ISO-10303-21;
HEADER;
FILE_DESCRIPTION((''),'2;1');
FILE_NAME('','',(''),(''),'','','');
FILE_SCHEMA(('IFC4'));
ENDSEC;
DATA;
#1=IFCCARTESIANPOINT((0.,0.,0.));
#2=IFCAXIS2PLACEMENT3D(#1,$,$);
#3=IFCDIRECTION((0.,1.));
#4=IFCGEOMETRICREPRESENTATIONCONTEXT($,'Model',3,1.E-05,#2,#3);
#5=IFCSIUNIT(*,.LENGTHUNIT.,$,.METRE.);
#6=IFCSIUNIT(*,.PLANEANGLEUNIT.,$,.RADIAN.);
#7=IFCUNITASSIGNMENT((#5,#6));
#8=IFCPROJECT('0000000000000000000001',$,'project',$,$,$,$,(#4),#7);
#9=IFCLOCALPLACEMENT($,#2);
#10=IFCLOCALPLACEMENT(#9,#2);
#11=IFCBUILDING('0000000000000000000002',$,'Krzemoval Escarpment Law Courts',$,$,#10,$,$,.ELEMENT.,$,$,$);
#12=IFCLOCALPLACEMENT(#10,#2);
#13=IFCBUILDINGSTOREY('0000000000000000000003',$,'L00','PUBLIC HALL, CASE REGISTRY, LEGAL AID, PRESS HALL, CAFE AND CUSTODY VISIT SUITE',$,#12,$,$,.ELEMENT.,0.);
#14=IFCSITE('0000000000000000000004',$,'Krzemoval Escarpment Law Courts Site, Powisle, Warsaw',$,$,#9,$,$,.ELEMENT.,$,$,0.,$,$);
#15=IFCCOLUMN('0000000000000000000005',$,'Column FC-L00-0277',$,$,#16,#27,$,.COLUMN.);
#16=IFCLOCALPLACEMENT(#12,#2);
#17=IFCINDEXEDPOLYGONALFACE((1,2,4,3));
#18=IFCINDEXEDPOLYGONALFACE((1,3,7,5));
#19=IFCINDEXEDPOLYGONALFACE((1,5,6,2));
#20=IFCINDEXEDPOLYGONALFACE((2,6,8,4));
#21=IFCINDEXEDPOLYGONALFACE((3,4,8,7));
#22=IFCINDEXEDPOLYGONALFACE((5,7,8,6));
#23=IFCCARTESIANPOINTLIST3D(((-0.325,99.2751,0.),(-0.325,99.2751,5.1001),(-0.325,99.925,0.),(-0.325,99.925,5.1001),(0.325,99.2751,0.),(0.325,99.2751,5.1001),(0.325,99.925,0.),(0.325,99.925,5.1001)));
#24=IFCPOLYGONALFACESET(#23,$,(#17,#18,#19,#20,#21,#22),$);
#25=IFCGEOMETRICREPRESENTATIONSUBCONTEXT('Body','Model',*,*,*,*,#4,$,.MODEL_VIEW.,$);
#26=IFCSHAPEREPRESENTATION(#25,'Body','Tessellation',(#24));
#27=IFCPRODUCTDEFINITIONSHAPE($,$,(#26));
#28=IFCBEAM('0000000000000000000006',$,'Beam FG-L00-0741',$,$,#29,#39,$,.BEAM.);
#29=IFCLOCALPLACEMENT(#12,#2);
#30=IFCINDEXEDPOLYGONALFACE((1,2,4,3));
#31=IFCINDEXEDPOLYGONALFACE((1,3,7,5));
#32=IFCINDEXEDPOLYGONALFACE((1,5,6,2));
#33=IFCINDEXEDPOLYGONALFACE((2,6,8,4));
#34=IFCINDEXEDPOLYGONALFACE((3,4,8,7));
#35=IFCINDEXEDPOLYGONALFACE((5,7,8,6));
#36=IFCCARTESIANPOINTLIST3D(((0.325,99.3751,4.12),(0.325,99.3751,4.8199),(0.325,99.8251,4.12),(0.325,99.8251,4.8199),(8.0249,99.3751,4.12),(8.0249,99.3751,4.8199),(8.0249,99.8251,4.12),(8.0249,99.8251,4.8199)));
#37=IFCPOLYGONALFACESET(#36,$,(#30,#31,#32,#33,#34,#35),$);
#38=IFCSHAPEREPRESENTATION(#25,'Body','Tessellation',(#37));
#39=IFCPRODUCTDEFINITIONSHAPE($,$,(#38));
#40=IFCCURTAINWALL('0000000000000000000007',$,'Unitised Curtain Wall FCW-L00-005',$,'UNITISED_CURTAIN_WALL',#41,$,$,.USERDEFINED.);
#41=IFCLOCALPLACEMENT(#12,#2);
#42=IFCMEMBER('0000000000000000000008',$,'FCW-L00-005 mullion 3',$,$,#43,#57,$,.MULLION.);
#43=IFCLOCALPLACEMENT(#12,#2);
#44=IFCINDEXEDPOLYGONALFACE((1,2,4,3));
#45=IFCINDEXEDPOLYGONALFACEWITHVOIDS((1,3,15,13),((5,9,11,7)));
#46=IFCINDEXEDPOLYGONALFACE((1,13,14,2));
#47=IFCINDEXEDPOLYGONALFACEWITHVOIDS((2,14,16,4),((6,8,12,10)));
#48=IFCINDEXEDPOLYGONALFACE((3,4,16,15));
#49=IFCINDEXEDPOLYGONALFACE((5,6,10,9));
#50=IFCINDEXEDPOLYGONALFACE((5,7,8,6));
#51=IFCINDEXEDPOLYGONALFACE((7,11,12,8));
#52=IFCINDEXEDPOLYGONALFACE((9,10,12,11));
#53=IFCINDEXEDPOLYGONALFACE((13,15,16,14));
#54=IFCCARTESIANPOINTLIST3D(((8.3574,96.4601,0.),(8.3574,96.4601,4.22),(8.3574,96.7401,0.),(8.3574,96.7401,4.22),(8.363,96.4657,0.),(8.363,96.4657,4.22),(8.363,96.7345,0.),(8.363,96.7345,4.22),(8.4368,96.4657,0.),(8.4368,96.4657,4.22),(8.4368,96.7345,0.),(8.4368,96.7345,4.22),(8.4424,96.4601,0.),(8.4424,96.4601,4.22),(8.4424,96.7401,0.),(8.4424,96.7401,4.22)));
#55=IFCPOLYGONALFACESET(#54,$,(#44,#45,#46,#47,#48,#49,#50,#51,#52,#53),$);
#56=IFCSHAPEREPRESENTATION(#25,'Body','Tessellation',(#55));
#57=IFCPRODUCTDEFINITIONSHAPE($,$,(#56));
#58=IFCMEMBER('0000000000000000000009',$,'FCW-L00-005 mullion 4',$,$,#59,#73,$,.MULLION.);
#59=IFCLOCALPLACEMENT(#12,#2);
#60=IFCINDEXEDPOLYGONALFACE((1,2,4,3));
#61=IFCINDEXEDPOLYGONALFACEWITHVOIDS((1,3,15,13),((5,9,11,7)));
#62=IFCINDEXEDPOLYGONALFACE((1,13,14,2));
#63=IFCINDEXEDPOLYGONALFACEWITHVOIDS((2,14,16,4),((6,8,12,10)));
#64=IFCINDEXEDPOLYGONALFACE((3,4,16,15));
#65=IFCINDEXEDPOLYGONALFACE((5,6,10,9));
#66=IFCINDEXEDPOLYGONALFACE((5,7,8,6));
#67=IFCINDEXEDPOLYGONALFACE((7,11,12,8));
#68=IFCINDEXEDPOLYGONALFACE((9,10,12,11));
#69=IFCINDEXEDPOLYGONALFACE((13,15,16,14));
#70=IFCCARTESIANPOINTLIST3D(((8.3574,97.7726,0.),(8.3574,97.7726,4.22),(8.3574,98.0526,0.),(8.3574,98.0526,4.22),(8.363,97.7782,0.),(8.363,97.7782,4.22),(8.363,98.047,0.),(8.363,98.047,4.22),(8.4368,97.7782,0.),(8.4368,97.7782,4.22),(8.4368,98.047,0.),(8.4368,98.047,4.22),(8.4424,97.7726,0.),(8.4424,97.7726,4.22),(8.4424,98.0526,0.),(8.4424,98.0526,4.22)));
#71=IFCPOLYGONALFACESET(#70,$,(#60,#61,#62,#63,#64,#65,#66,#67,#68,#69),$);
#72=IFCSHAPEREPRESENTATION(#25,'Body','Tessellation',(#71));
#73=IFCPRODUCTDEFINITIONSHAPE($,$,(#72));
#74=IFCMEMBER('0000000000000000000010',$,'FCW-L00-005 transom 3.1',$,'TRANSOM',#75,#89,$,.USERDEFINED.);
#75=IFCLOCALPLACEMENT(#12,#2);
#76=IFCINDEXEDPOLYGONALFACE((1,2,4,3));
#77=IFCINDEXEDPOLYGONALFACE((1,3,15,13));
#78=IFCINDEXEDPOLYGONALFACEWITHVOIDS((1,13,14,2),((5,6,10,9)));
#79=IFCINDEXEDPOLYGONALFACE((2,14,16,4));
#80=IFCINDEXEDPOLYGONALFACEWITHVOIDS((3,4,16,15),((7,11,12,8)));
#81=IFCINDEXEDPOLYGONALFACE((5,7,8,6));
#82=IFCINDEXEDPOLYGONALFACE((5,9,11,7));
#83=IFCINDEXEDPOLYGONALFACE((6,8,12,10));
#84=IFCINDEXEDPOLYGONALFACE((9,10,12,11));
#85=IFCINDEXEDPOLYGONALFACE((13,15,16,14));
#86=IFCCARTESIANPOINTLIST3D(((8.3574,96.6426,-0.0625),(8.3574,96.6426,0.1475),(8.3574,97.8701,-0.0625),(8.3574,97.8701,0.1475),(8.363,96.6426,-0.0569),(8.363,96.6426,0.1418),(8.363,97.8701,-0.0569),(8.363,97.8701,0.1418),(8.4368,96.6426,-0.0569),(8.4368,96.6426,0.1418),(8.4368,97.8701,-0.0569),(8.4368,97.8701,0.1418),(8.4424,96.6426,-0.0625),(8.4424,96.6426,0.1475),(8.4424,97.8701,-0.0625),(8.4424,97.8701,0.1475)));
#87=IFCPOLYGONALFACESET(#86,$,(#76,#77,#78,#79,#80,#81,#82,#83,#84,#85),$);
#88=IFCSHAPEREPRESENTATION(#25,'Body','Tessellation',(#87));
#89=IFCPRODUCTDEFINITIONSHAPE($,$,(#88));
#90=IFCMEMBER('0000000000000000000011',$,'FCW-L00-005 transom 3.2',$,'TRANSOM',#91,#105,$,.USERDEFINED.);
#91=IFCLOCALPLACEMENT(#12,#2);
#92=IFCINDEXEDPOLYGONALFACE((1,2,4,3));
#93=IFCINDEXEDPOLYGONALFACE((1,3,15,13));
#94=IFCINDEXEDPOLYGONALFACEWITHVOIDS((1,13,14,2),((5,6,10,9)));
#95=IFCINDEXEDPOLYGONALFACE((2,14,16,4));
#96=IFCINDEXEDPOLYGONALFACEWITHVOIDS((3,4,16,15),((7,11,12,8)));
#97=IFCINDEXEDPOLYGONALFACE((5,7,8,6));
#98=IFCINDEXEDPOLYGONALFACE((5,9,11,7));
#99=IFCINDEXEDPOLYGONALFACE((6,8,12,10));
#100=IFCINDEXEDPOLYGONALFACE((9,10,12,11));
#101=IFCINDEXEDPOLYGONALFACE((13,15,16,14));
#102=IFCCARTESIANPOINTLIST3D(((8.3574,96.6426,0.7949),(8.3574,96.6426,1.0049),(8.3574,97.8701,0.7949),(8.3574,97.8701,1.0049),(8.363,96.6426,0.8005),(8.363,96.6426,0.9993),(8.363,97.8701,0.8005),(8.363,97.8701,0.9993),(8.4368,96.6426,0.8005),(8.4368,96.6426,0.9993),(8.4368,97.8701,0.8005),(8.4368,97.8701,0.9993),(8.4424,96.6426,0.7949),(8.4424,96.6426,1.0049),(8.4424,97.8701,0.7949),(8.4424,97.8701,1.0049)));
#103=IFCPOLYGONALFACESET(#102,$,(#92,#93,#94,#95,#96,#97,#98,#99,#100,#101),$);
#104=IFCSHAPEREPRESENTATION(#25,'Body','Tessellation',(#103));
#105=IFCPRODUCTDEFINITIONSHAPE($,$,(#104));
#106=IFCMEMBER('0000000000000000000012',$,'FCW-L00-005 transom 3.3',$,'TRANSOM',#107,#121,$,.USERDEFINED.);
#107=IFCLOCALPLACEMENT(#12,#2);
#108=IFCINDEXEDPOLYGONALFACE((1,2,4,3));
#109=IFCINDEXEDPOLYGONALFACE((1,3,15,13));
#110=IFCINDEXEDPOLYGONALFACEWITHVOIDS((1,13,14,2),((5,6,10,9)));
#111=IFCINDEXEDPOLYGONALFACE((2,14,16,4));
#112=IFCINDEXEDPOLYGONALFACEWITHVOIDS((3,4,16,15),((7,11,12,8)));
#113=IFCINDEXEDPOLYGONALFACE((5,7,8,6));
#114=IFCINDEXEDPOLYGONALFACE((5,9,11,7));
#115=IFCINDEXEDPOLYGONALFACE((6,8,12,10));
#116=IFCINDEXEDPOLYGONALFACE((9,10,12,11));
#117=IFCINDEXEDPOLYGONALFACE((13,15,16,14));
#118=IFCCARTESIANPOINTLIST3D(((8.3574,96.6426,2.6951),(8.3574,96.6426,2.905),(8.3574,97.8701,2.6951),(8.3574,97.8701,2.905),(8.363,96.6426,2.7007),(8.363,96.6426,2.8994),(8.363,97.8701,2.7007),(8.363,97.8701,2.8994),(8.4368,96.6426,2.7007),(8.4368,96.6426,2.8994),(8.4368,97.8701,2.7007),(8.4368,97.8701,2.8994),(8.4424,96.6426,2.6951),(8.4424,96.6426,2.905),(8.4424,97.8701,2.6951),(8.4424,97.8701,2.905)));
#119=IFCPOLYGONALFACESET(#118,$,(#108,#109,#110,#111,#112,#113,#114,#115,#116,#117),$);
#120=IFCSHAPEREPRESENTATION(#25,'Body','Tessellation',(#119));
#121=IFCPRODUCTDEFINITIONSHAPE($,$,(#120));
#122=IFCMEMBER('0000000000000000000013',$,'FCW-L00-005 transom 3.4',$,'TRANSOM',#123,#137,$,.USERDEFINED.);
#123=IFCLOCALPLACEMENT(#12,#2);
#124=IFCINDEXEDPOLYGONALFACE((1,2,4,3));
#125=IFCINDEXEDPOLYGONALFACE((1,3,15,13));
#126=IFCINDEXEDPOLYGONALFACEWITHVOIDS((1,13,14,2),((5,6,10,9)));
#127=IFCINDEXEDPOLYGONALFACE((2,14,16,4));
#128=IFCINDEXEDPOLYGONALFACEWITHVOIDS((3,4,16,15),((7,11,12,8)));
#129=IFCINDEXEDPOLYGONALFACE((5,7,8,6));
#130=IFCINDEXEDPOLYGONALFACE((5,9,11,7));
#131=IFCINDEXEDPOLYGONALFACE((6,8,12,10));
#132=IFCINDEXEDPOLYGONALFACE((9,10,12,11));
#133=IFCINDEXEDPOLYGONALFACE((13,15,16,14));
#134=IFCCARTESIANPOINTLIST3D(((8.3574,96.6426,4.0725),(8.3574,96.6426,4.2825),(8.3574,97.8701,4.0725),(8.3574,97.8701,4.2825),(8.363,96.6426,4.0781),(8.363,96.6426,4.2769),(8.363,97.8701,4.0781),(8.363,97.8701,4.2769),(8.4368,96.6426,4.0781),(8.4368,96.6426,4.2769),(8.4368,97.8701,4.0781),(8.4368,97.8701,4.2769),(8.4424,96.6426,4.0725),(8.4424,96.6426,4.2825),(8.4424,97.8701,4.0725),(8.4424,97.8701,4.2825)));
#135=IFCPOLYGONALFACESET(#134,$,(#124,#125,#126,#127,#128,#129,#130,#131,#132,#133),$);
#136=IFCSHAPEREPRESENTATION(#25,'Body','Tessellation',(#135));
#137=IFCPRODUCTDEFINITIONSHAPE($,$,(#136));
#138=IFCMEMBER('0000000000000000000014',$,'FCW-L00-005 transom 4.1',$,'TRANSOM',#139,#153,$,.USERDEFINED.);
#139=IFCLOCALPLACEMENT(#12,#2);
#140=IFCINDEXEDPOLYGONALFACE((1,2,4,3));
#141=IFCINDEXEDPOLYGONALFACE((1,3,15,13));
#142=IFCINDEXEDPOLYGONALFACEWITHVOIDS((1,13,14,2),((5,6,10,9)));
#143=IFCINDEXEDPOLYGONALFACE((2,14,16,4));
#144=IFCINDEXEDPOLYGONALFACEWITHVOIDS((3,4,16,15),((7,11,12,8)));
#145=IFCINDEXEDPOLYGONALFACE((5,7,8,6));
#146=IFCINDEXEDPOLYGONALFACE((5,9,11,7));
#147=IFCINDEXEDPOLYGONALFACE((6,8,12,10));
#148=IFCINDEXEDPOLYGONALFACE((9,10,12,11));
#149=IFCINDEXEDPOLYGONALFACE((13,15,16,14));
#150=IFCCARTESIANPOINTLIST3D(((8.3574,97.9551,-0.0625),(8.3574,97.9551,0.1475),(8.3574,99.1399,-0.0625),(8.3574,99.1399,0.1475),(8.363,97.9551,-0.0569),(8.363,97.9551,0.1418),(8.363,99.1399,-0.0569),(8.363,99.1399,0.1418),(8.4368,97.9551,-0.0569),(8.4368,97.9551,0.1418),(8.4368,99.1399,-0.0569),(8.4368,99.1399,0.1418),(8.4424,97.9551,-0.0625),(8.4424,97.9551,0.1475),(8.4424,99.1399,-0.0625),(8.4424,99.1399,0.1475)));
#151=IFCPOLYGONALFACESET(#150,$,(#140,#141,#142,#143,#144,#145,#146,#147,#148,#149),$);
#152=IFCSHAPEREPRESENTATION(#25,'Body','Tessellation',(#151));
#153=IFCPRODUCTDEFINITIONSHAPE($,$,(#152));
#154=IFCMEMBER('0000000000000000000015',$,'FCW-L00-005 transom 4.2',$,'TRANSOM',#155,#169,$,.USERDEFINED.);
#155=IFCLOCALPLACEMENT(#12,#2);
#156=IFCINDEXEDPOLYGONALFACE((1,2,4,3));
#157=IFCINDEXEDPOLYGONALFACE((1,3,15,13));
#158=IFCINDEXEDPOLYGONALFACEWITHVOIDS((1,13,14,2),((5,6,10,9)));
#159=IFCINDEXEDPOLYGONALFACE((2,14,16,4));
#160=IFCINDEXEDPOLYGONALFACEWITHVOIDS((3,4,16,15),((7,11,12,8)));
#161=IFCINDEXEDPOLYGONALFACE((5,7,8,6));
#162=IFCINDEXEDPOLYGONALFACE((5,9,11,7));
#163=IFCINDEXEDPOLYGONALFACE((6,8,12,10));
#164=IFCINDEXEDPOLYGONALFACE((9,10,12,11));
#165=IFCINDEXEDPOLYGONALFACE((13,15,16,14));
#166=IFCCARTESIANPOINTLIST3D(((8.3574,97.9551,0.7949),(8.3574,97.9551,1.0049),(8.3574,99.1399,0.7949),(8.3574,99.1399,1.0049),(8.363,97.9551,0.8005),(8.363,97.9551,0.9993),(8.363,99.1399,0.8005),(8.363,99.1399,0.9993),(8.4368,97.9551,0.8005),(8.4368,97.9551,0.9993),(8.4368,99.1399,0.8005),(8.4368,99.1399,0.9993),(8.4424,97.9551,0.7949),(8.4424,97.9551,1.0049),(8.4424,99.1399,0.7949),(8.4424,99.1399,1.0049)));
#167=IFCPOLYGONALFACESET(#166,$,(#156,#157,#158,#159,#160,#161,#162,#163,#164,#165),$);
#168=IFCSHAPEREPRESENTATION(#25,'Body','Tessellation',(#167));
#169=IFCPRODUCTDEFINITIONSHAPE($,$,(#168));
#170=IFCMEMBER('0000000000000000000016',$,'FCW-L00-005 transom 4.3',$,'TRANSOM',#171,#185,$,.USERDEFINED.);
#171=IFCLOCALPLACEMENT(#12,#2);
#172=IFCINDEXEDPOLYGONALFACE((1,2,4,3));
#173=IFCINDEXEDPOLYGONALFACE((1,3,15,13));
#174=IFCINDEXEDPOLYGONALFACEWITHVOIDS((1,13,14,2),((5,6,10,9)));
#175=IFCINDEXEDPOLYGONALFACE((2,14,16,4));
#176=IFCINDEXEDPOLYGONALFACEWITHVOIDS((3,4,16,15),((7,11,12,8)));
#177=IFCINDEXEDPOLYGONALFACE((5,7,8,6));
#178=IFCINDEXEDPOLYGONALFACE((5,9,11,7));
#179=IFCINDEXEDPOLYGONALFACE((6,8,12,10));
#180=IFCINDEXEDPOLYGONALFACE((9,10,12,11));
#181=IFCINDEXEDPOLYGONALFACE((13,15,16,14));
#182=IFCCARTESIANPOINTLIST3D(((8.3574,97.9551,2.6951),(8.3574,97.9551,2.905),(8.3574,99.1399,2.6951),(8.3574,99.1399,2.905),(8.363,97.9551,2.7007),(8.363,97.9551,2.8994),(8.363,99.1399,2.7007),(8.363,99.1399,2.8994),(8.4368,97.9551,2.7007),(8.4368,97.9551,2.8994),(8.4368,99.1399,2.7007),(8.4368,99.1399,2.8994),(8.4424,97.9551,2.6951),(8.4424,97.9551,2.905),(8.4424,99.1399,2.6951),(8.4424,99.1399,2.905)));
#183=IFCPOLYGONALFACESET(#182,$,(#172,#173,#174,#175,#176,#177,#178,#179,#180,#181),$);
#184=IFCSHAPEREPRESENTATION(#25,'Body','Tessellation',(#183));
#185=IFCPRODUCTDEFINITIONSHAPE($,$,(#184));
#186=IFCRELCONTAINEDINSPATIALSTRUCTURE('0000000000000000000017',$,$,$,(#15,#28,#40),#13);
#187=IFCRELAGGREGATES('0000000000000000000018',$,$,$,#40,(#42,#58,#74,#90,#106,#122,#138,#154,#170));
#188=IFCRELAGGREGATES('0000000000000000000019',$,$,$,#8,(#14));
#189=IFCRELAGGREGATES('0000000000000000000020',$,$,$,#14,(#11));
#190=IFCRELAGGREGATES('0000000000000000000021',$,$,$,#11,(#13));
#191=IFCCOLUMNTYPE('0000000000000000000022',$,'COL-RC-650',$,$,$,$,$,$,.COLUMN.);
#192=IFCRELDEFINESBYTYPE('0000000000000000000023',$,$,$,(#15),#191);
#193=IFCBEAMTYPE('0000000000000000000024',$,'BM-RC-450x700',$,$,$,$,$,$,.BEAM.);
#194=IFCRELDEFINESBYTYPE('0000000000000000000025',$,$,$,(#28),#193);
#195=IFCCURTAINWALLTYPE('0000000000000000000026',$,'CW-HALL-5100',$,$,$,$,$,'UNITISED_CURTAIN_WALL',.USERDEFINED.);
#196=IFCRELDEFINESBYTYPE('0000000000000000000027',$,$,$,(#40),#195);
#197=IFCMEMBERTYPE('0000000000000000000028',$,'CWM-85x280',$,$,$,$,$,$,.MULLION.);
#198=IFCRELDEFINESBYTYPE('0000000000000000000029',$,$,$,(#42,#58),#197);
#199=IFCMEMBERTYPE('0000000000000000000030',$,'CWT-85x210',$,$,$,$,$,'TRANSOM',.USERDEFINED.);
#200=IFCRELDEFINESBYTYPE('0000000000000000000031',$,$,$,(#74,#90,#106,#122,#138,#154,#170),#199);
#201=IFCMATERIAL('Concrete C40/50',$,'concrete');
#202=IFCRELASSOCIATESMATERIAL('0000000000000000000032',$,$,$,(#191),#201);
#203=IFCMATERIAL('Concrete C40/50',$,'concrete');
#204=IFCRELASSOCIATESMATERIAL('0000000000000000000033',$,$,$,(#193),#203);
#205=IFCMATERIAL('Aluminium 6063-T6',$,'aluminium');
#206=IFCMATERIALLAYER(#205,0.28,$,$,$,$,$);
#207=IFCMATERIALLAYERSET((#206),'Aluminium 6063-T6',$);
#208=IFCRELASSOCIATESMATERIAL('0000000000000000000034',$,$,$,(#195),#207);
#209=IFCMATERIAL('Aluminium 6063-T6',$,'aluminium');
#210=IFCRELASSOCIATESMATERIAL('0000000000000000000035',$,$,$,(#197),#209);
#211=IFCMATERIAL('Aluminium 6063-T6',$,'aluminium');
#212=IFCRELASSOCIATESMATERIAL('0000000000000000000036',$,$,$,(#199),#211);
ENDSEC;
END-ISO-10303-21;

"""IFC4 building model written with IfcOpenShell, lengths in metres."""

from ifc_helpers import new_model, si_unit, direction, frame, origin, origin_2d, place, context, subcontext, project, spatial, rectangle, hollow_rectangle, extrude, material, layer, layer_set, material_profile, profile_set, type_object, element, aggregate, save


model = new_model("IFC4")

# Units and contexts
model_context = context("Model", 3, precision=1e-05, world=origin(), true_north=direction((0.0, 1.0)))
body_context = subcontext(model_context, "Body", "Model", "MODEL_VIEW")
ifc_project = project(units=[si_unit("LENGTHUNIT", "METRE"), si_unit("PLANEANGLEUNIT", "RADIAN")], contexts=[model_context])

# Site, building, storey
site_placement = place(None, origin())
site = spatial("IfcSite", under=ifc_project, at=site_placement, Name="Krzemoval Escarpment Law Courts Site, Powisle, Warsaw", CompositionType="ELEMENT", RefElevation=0.0)
building_placement = place(site_placement, origin())
building = spatial("IfcBuilding", under=site, at=building_placement, Name="Krzemoval Escarpment Law Courts", CompositionType="ELEMENT")
storey_placement = place(building_placement, origin())
storey = spatial("IfcBuildingStorey", under=building, at=storey_placement, Name="L00", Description="PUBLIC HALL, CASE REGISTRY, LEGAL AID, PRESS HALL, CAFE AND CUSTODY VISIT SUITE", CompositionType="ELEMENT", Elevation=0.0)

# Column
ifc_material_1 = material(Name="Concrete C40/50", Category="concrete")
ifc_material_profile_1 = material_profile(ifc_material_1, rectangle(XDim=0.6499, YDim=0.6499, at=origin_2d()), Name="RC 650x650")
ifc_profile_set_1 = profile_set([ifc_material_profile_1], Name="Concrete C40/50")
column_type = type_object("IfcColumnType", Name="COL-RC-650", PredefinedType="COLUMN", material=ifc_profile_set_1)
column_placement = place(storey_placement, frame((0.0, 99.6001, 0.0), z_axis=(0.0, 0.0, 1.0), x_axis=(1.0, 0.0, 0.0)))
element("IfcColumn", 1, at=column_placement, inside=storey, type_object=column_type, Name="Column FC-L00-0277", PredefinedType="COLUMN", context=body_context, shape_type="SweptSolid", body=[
    extrude(rectangle(XDim=0.6499, YDim=0.6499, at=origin_2d()), origin(), (0.0, 0.0, 1.0), 5.1001),
])

# Beam
ifc_material_2 = material(Name="Concrete C40/50", Category="concrete")
ifc_material_profile_2 = material_profile(ifc_material_2, rectangle(XDim=0.45, YDim=0.7, at=origin_2d()), Name="RCB 450x700")
ifc_profile_set_2 = profile_set([ifc_material_profile_2], Name="Concrete C40/50")
beam_type_1 = type_object("IfcBeamType", Name="BM-RC-450x700", PredefinedType="BEAM", material=ifc_profile_set_2)
beam_1_placement = place(storey_placement, frame((0.325, 99.6001, 4.47), z_axis=(1.0, 0.0, 0.0), x_axis=(0.0, 1.0, 0.0)))
element("IfcBeam", 2, at=beam_1_placement, inside=storey, type_object=beam_type_1, Name="Beam FG-L00-0741", PredefinedType="BEAM", context=body_context, shape_type="SweptSolid", body=[
    extrude(rectangle(XDim=0.45, YDim=0.7, at=origin_2d()), origin(), (0.0, 0.0, 1.0), 7.7),
])

# Curtain wall, members
ifc_material_3 = material(Name="Aluminium 6063-T6", Category="aluminium")
ifc_layer_1 = layer(ifc_material_3, 0.28)
ifc_layer_set_1 = layer_set([ifc_layer_1], Name="Aluminium 6063-T6")
curtain_wall_type = type_object("IfcCurtainWallType", Name="CW-HALL-5100", ElementType="UNITISED_CURTAIN_WALL", PredefinedType="USERDEFINED", material=ifc_layer_set_1)
curtain_wall_placement = place(storey_placement, origin())
curtain_wall = element("IfcCurtainWall", 3, at=curtain_wall_placement, inside=storey, type_object=curtain_wall_type, Name="Unitised Curtain Wall FCW-L00-005", ObjectType="UNITISED_CURTAIN_WALL", PredefinedType="USERDEFINED")
ifc_material_4 = material(Name="Aluminium 6063-T6", Category="aluminium")
ifc_material_profile_3 = material_profile(ifc_material_4, hollow_rectangle(XDim=0.085, YDim=0.28, WallThickness=0.0056, at=origin_2d()), Name="ALU M85x280")
ifc_profile_set_3 = profile_set([ifc_material_profile_3], Name="Aluminium 6063-T6")
member_type_1 = type_object("IfcMemberType", Name="CWM-85x280", PredefinedType="MULLION", material=ifc_profile_set_3)
member_1_placement = place(storey_placement, frame((8.3999, 96.6001, 0.0), z_axis=(0.0, 0.0, 1.0), x_axis=(-1.0, 0.0, 0.0)))
member_1 = element("IfcMember", 4, at=member_1_placement, type_object=member_type_1, Name="FCW-L00-005 mullion 3", PredefinedType="MULLION", context=body_context, shape_type="SweptSolid", body=[
    extrude(hollow_rectangle(XDim=0.085, YDim=0.28, WallThickness=0.0056, at=origin_2d()), origin(), (0.0, 0.0, 1.0), 4.22),
])
member_2_placement = place(storey_placement, frame((8.3999, 97.9126, 0.0), z_axis=(0.0, 0.0, 1.0), x_axis=(-1.0, 0.0, 0.0)))
member_2 = element("IfcMember", 5, at=member_2_placement, type_object=member_type_1, Name="FCW-L00-005 mullion 4", PredefinedType="MULLION", context=body_context, shape_type="SweptSolid", body=[
    extrude(hollow_rectangle(XDim=0.085, YDim=0.28, WallThickness=0.0056, at=origin_2d()), origin(), (0.0, 0.0, 1.0), 4.22),
])
ifc_material_5 = material(Name="Aluminium 6063-T6", Category="aluminium")
ifc_material_profile_4 = material_profile(ifc_material_5, hollow_rectangle(XDim=0.085, YDim=0.21, WallThickness=0.0056, at=origin_2d()), Name="ALU T85x210")
ifc_profile_set_4 = profile_set([ifc_material_profile_4], Name="Aluminium 6063-T6")
member_type_2 = type_object("IfcMemberType", Name="CWT-85x210", ElementType="TRANSOM", PredefinedType="USERDEFINED", material=ifc_profile_set_4)
member_3_placement = place(storey_placement, frame((8.3999, 96.6426, 0.0425), z_axis=(0.0, 1.0, 0.0), x_axis=(-1.0, 0.0, 0.0)))
member_3 = element("IfcMember", 6, at=member_3_placement, type_object=member_type_2, Name="FCW-L00-005 transom 3.1", ObjectType="TRANSOM", PredefinedType="USERDEFINED", context=body_context, shape_type="SweptSolid", body=[
    extrude(hollow_rectangle(XDim=0.085, YDim=0.21, WallThickness=0.0056, at=origin_2d()), origin(), (0.0, 0.0, 1.0), 1.2275),
])
member_4_placement = place(storey_placement, frame((8.3999, 96.6426, 0.8999), z_axis=(0.0, 1.0, 0.0), x_axis=(-1.0, 0.0, 0.0)))
member_4 = element("IfcMember", 7, at=member_4_placement, type_object=member_type_2, Name="FCW-L00-005 transom 3.2", ObjectType="TRANSOM", PredefinedType="USERDEFINED", context=body_context, shape_type="SweptSolid", body=[
    extrude(hollow_rectangle(XDim=0.085, YDim=0.21, WallThickness=0.0056, at=origin_2d()), origin(), (0.0, 0.0, 1.0), 1.2275),
])
member_5_placement = place(storey_placement, frame((8.3999, 96.6426, 2.8), z_axis=(0.0, 1.0, 0.0), x_axis=(-1.0, 0.0, 0.0)))
member_5 = element("IfcMember", 8, at=member_5_placement, type_object=member_type_2, Name="FCW-L00-005 transom 3.3", ObjectType="TRANSOM", PredefinedType="USERDEFINED", context=body_context, shape_type="SweptSolid", body=[
    extrude(hollow_rectangle(XDim=0.085, YDim=0.21, WallThickness=0.0056, at=origin_2d()), origin(), (0.0, 0.0, 1.0), 1.2275),
])
member_6_placement = place(storey_placement, frame((8.3999, 96.6426, 4.1775), z_axis=(0.0, 1.0, 0.0), x_axis=(-1.0, 0.0, 0.0)))
member_6 = element("IfcMember", 9, at=member_6_placement, type_object=member_type_2, Name="FCW-L00-005 transom 3.4", ObjectType="TRANSOM", PredefinedType="USERDEFINED", context=body_context, shape_type="SweptSolid", body=[
    extrude(hollow_rectangle(XDim=0.085, YDim=0.21, WallThickness=0.0056, at=origin_2d()), origin(), (0.0, 0.0, 1.0), 1.2275),
])
member_7_placement = place(storey_placement, frame((8.3999, 97.9551, 0.0425), z_axis=(0.0, 1.0, 0.0), x_axis=(-1.0, 0.0, 0.0)))
member_7 = element("IfcMember", 10, at=member_7_placement, type_object=member_type_2, Name="FCW-L00-005 transom 4.1", ObjectType="TRANSOM", PredefinedType="USERDEFINED", context=body_context, shape_type="SweptSolid", body=[
    extrude(hollow_rectangle(XDim=0.085, YDim=0.21, WallThickness=0.0056, at=origin_2d()), origin(), (0.0, 0.0, 1.0), 1.1848),
])
member_8_placement = place(storey_placement, frame((8.3999, 97.9551, 0.8999), z_axis=(0.0, 1.0, 0.0), x_axis=(-1.0, 0.0, 0.0)))
member_8 = element("IfcMember", 11, at=member_8_placement, type_object=member_type_2, Name="FCW-L00-005 transom 4.2", ObjectType="TRANSOM", PredefinedType="USERDEFINED", context=body_context, shape_type="SweptSolid", body=[
    extrude(hollow_rectangle(XDim=0.085, YDim=0.21, WallThickness=0.0056, at=origin_2d()), origin(), (0.0, 0.0, 1.0), 1.1848),
])
member_9_placement = place(storey_placement, frame((8.3999, 97.9551, 2.8), z_axis=(0.0, 1.0, 0.0), x_axis=(-1.0, 0.0, 0.0)))
member_9 = element("IfcMember", 12, at=member_9_placement, type_object=member_type_2, Name="FCW-L00-005 transom 4.3", ObjectType="TRANSOM", PredefinedType="USERDEFINED", context=body_context, shape_type="SweptSolid", body=[
    extrude(hollow_rectangle(XDim=0.085, YDim=0.21, WallThickness=0.0056, at=origin_2d()), origin(), (0.0, 0.0, 1.0), 1.1848),
])

aggregate(curtain_wall, [member_1, member_2, member_3, member_4, member_5, member_6, member_7, member_8, member_9])

save(model, "model.ifc")
